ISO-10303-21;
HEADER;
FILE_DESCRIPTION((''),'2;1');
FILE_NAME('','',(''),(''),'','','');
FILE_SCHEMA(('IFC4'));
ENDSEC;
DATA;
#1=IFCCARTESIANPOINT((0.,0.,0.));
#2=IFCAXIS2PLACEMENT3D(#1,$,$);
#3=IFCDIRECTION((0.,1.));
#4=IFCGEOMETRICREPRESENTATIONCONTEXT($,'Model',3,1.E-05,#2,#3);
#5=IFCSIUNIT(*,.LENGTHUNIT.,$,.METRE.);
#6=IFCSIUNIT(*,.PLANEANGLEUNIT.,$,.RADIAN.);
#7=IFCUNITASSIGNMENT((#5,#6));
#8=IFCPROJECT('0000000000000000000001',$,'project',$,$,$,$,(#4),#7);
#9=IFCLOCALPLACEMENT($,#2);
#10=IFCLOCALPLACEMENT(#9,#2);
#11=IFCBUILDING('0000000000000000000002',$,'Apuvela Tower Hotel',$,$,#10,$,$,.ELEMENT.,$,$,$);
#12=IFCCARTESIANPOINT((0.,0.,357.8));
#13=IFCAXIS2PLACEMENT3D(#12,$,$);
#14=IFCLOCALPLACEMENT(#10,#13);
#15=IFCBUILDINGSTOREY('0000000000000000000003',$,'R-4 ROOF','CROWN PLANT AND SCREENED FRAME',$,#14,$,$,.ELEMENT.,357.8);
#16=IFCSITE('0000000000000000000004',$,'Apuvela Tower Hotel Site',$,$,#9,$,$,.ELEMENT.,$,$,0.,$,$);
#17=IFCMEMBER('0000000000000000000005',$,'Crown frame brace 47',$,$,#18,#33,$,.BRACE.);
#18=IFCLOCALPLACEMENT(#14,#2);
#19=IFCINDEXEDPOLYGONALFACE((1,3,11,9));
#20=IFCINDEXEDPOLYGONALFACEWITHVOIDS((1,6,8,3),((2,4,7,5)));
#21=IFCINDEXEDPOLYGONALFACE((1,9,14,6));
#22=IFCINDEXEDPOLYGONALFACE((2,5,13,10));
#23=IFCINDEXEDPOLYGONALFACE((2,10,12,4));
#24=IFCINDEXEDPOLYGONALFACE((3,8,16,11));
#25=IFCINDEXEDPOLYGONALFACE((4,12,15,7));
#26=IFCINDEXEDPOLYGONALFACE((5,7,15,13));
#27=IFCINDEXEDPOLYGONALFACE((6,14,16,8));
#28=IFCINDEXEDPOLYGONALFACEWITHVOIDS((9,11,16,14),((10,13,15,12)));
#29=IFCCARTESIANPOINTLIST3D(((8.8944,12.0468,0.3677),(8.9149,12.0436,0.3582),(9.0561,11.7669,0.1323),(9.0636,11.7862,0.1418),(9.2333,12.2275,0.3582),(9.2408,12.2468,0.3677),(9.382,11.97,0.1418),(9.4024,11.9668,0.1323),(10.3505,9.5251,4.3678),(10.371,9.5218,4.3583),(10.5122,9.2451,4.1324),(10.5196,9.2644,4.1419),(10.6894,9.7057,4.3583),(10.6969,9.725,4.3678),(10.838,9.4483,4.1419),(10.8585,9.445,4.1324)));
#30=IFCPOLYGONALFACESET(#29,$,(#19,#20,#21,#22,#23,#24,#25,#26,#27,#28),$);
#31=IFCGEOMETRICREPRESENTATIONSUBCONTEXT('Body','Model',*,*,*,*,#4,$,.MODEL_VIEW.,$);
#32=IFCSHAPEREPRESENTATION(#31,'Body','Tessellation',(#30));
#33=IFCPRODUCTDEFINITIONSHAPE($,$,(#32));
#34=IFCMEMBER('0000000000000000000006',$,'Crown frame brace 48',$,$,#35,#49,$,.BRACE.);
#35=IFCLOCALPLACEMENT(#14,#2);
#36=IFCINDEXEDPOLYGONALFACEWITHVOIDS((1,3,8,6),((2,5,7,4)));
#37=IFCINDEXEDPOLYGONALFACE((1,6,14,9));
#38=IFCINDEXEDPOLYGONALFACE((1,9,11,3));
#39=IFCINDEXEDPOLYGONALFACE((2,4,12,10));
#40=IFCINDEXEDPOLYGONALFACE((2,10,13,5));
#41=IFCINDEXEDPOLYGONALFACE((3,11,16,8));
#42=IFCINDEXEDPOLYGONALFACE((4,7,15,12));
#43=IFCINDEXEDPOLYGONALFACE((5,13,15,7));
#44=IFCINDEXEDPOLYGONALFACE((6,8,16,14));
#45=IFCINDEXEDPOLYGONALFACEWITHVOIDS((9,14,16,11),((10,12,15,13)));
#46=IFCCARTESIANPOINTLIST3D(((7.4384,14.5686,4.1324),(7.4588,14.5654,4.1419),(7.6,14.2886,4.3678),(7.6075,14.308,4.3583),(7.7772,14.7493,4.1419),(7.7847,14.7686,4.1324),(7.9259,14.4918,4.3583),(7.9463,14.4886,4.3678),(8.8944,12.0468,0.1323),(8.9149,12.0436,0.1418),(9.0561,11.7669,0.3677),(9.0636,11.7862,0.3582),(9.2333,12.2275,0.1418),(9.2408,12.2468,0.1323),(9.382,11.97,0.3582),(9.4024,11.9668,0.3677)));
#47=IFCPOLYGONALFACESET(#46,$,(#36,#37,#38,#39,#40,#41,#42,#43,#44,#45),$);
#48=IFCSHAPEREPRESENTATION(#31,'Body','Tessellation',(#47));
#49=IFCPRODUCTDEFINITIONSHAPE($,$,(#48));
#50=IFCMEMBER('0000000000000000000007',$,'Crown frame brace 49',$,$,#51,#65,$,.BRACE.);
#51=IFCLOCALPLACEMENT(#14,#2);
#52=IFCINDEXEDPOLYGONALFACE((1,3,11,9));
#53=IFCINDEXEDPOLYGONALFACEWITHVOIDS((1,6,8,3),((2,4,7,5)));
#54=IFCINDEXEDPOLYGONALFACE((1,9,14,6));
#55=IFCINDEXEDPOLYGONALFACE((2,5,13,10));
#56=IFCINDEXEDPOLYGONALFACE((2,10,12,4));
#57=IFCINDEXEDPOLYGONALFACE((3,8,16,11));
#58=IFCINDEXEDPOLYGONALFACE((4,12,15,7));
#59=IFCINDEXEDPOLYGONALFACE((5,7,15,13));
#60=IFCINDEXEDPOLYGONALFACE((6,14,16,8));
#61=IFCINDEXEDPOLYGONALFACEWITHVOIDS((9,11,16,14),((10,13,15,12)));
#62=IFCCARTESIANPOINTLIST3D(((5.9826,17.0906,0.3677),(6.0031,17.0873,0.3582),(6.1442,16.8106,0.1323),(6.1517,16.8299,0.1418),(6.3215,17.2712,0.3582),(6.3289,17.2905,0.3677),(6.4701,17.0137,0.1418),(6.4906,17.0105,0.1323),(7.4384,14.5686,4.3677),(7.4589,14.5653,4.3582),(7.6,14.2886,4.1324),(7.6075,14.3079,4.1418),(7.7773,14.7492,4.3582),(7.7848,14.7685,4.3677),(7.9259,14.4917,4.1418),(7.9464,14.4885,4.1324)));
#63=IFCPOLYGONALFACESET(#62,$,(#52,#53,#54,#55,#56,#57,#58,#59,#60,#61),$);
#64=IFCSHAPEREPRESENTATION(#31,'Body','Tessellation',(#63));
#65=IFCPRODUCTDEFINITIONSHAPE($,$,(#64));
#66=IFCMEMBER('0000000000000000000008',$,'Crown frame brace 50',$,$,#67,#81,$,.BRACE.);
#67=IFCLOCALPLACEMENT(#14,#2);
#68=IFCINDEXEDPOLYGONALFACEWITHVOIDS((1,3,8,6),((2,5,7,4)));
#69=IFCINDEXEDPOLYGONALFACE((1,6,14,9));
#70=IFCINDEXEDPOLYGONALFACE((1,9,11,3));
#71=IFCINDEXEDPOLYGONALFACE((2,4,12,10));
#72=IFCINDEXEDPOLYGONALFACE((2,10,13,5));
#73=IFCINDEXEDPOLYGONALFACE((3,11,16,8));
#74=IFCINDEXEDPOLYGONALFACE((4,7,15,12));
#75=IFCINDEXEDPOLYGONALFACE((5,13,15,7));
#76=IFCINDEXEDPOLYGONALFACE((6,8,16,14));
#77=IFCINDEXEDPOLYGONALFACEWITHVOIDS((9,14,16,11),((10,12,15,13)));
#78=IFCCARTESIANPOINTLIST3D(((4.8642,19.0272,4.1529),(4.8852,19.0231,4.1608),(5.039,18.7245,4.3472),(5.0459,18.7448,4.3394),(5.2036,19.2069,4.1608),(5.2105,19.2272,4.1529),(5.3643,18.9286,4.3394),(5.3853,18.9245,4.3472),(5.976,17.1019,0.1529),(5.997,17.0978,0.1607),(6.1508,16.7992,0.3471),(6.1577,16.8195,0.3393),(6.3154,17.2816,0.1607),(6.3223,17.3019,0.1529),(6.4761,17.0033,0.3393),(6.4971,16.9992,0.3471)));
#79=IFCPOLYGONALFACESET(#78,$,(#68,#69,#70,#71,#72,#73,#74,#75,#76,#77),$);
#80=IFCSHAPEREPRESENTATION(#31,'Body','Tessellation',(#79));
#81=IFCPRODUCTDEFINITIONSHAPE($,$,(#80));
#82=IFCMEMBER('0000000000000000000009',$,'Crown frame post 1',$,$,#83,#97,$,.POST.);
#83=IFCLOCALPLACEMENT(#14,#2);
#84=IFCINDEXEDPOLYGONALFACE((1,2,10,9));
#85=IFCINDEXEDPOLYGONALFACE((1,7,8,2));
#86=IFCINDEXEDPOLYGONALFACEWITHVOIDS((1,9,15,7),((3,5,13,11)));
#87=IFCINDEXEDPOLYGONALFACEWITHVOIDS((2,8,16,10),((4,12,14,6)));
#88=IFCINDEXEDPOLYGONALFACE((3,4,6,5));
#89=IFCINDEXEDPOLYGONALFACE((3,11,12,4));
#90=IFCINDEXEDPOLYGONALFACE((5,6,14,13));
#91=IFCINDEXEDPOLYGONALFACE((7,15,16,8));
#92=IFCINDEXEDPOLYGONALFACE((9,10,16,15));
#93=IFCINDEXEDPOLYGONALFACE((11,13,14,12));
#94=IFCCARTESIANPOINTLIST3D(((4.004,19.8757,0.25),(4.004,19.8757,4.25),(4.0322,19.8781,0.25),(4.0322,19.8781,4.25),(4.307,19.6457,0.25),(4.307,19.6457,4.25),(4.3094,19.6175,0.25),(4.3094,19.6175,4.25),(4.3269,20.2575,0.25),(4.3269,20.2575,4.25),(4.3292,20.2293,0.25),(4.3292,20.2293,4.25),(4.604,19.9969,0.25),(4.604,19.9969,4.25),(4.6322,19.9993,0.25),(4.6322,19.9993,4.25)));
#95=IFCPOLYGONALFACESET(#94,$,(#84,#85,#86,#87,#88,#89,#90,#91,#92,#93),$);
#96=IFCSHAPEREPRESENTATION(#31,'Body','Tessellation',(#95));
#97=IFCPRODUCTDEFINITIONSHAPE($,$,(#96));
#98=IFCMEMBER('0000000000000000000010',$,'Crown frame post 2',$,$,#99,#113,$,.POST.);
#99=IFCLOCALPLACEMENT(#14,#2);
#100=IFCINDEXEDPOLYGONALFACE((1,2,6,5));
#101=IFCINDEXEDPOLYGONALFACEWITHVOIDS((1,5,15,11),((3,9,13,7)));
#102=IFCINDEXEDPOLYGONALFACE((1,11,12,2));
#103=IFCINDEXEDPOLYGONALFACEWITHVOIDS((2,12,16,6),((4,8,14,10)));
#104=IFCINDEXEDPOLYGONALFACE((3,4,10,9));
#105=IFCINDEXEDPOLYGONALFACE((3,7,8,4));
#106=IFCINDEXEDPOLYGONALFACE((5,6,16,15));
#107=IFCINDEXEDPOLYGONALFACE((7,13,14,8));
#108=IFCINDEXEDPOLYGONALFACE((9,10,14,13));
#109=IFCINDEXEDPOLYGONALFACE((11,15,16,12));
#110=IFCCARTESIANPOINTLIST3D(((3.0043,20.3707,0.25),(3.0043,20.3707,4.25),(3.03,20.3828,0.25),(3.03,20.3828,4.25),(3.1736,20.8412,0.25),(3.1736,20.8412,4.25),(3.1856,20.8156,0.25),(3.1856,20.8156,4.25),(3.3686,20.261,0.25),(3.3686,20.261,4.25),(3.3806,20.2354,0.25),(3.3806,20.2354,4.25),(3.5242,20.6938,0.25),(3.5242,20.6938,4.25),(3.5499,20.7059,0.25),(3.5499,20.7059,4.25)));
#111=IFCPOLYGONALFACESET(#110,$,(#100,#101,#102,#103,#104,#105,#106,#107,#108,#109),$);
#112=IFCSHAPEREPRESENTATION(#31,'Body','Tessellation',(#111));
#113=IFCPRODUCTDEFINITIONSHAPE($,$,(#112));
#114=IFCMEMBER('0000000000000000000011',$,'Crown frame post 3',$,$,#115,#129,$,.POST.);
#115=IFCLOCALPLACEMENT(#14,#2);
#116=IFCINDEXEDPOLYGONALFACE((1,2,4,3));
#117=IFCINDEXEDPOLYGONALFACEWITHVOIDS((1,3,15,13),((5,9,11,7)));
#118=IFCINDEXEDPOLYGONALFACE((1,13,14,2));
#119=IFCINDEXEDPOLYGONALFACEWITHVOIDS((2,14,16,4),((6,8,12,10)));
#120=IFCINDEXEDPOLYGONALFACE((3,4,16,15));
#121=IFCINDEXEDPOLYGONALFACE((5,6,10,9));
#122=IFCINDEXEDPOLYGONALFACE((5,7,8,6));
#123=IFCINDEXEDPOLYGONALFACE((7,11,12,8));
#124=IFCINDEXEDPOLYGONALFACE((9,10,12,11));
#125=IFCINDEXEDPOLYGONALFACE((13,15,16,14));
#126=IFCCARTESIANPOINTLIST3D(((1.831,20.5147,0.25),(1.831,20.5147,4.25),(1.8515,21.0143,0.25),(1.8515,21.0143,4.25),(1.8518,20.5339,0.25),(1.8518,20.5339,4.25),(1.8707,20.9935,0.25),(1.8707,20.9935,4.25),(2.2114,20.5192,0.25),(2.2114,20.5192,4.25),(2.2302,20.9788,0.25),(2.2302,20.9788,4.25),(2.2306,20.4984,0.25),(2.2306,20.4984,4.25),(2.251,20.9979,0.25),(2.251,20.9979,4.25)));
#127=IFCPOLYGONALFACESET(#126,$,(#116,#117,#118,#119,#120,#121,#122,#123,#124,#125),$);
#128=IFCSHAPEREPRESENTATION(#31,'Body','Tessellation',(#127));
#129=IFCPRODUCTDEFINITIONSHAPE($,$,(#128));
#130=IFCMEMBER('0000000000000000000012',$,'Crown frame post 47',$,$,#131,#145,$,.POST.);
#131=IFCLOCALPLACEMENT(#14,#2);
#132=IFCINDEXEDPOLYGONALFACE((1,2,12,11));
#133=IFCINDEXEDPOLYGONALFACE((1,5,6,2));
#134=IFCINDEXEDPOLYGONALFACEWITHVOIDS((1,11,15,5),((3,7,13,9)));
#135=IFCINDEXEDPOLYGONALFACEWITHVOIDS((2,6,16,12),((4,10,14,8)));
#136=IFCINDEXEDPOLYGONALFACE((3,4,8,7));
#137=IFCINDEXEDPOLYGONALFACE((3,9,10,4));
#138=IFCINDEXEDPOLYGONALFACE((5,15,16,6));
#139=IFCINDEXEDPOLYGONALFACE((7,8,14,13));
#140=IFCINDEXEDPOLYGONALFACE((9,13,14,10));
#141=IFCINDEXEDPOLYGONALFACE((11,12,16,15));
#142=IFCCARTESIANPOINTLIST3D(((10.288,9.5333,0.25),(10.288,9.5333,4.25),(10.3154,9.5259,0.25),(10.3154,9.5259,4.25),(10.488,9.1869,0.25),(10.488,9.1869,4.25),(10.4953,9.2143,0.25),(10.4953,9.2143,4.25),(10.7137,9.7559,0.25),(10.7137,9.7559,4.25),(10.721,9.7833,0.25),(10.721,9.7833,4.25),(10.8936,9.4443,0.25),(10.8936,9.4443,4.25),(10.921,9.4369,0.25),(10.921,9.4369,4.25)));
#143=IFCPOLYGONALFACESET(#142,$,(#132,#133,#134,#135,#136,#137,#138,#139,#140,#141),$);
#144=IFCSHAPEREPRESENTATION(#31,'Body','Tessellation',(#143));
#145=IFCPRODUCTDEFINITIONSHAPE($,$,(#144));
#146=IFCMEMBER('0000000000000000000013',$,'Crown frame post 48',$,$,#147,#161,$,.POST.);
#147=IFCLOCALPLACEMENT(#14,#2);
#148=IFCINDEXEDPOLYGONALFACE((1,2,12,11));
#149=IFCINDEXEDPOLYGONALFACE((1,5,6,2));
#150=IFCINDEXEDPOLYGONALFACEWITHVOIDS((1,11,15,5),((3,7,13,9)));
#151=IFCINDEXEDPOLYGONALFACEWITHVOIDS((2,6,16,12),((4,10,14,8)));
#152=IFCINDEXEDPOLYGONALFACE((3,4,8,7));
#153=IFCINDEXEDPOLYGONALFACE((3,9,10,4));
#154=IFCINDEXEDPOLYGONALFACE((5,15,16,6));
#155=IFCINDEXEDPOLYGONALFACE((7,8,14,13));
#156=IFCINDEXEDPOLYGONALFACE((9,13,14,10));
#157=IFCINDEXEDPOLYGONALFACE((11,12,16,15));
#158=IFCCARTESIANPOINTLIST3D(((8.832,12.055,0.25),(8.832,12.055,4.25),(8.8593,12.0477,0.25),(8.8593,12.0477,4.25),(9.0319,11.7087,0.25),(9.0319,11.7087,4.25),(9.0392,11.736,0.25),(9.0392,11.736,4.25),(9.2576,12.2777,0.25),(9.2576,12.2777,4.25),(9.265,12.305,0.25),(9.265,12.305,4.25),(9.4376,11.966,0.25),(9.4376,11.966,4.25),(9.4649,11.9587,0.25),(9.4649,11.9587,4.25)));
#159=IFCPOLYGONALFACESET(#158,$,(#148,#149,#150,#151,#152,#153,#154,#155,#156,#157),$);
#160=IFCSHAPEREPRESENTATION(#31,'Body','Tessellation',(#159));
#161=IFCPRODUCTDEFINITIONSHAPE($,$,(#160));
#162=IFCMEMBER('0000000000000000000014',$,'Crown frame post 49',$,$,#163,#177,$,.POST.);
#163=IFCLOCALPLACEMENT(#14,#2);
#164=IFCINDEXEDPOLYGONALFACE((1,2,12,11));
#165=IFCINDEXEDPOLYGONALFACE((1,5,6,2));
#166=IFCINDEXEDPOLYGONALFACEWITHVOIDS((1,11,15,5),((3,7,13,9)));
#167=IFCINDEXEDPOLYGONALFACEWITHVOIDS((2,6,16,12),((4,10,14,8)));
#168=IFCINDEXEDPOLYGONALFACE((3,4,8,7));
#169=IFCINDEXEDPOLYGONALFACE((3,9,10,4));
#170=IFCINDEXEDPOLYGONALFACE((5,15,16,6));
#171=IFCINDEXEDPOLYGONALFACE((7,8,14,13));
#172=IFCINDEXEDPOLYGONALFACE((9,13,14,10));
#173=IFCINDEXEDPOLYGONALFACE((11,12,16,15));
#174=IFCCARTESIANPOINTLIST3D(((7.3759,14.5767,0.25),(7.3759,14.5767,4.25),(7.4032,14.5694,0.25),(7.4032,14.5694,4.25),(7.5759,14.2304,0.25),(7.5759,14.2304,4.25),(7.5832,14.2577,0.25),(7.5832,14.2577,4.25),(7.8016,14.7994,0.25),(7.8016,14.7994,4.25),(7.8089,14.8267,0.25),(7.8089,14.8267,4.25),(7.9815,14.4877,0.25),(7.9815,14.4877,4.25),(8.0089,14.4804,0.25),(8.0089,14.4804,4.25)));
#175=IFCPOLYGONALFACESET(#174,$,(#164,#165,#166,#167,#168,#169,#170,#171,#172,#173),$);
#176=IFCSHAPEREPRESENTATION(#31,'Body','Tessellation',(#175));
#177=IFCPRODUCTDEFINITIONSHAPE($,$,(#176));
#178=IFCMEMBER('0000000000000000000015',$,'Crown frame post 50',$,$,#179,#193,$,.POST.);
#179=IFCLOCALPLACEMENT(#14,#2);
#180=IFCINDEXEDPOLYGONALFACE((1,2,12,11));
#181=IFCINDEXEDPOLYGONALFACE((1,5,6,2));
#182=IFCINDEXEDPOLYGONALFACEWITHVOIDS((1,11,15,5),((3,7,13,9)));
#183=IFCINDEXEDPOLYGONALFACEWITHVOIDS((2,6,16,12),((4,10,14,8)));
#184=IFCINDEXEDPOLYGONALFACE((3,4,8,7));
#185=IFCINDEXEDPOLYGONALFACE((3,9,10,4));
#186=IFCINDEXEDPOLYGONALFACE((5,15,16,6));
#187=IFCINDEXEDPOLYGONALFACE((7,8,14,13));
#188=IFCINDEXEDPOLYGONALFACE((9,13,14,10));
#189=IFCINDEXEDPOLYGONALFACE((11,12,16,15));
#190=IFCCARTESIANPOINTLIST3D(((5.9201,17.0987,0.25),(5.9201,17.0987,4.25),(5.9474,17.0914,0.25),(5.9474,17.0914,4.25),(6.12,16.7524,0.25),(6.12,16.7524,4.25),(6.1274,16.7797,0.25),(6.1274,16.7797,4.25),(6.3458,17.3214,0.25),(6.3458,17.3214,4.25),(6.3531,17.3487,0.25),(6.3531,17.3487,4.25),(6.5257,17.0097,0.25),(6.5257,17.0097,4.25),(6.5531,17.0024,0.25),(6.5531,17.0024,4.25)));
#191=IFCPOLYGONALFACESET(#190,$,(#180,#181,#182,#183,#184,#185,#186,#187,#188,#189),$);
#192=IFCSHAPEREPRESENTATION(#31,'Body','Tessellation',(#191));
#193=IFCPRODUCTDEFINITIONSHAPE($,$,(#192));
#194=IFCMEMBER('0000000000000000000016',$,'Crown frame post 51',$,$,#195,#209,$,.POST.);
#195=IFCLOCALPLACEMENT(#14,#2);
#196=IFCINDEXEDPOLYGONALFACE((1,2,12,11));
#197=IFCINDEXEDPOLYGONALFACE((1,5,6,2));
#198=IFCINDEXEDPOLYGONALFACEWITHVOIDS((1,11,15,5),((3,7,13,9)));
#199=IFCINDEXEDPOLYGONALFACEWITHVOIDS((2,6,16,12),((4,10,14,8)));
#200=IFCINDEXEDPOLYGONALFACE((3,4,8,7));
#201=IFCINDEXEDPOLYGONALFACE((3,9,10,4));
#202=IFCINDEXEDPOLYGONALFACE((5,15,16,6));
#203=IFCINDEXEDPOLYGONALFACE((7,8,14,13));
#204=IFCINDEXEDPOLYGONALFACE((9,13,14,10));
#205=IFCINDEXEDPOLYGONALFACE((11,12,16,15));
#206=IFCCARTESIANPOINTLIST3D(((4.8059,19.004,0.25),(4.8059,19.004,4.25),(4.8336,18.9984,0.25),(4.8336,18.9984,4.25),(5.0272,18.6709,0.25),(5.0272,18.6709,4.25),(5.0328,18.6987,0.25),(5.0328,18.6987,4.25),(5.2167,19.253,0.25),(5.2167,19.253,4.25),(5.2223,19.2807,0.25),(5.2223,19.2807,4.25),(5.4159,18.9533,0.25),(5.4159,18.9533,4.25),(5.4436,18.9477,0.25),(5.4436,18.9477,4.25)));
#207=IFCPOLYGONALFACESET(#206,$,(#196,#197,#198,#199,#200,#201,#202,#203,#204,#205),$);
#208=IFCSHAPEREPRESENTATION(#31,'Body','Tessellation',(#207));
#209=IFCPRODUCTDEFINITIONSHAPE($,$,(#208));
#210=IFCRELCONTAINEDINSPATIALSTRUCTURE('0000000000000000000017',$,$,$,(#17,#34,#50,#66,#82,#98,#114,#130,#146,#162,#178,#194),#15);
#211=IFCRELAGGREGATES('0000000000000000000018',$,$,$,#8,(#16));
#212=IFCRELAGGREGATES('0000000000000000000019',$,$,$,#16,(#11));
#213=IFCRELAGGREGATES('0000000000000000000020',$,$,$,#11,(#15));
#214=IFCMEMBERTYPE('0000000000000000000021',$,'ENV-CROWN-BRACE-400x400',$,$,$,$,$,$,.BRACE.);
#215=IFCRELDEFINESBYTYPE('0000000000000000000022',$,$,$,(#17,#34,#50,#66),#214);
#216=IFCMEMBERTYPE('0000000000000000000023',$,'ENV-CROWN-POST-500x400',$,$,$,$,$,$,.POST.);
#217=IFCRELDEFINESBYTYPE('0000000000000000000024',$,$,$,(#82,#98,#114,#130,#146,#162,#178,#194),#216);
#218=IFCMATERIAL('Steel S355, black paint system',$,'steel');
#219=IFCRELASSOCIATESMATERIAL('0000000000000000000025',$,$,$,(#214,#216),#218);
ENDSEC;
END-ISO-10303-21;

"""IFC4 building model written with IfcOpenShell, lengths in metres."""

from ifc_helpers import new_model, si_unit, direction, frame, origin, origin_2d, place, context, subcontext, project, spatial, hollow_rectangle, extrude, material, material_profile, profile_set, type_object, element, save


model = new_model("IFC4")

# Units and contexts
model_context = context("Model", 3, precision=1e-05, world=origin(), true_north=direction((0.0, 1.0)))
body_context = subcontext(model_context, "Body", "Model", "MODEL_VIEW")
ifc_project = project(units=[si_unit("LENGTHUNIT", "METRE"), si_unit("PLANEANGLEUNIT", "RADIAN")], contexts=[model_context])

# Site, building, storey
site_placement = place(None, origin())
site = spatial("IfcSite", under=ifc_project, at=site_placement, Name="Apuvela Tower Hotel Site", CompositionType="ELEMENT", RefElevation=0.0)
building_placement = place(site_placement, origin())
building = spatial("IfcBuilding", under=site, at=building_placement, Name="Apuvela Tower Hotel", CompositionType="ELEMENT")
storey_placement = place(building_placement, frame((0.0, 0.0, 357.8)))
storey = spatial("IfcBuildingStorey", under=building, at=storey_placement, Name="R-4 ROOF", Description="CROWN PLANT AND SCREENED FRAME", CompositionType="ELEMENT", Elevation=357.8)

# Members
ifc_material_1 = material(Name="Steel S355, black paint system", Category="steel")
ifc_material_profile_1 = material_profile(ifc_material_1, hollow_rectangle(XDim=0.3999, YDim=0.3999, WallThickness=0.0161, at=origin_2d()), Name="HSS 400x400x16")
ifc_profile_set_1 = profile_set([ifc_material_profile_1], Name="Steel S355, black paint system")
member_type_1 = type_object("IfcMemberType", Name="ENV-CROWN-BRACE-400x400", PredefinedType="BRACE", material=ifc_profile_set_1)
for number, where, z_axis, x_axis, name in (
    (1, (9.1484, 12.0068, 0.25), (0.294292, -0.509682, 0.808465), (0.866005, 0.500035, 0.0), "Crown frame brace 47"),
    (2, (9.1484, 12.0068, 0.25), (-0.294292, 0.509682, 0.808465), (-0.866005, -0.500035, 0.0), "Crown frame brace 48"),
    (3, (6.2366, 17.0505, 0.25), (0.29424, -0.509726, 0.808457), (0.866063, 0.499935, 0.0), "Crown frame brace 49"),
):
    element("IfcMember", number, at=place(storey_placement, frame(where, z_axis=z_axis, x_axis=x_axis)), inside=storey, type_object=member_type_1, Name=name, PredefinedType="BRACE", context=body_context, shape_type="SweptSolid", body=[
        extrude(hollow_rectangle(XDim=0.3999, YDim=0.3999, WallThickness=0.0161, at=origin_2d()), origin(), (0.0, 0.0, 1.0), 4.9478),
    ])
member_1_placement = place(storey_placement, frame((6.2366, 17.0505, 0.25), z_axis=(-0.242949, 0.420706, 0.874061), x_axis=(-0.865977, -0.500084, 0.0)))
element("IfcMember", 4, at=member_1_placement, inside=storey, type_object=member_type_1, Name="Crown frame brace 50", PredefinedType="BRACE", context=body_context, shape_type="SweptSolid", body=[
    extrude(hollow_rectangle(XDim=0.3999, YDim=0.3999, WallThickness=0.0161, at=origin_2d()), origin(), (0.0, 0.0, 1.0), 4.5764),
])
ifc_material_profile_2 = material_profile(ifc_material_1, hollow_rectangle(XDim=0.3999, YDim=0.5, WallThickness=0.02, at=origin_2d()), Name="HSS 500x400x20")
ifc_profile_set_2 = profile_set([ifc_material_profile_2], Name="Steel S355, black paint system")
member_type_2 = type_object("IfcMemberType", Name="ENV-CROWN-POST-500x400", PredefinedType="POST", material=ifc_profile_set_2)
for number, where, z_axis, x_axis, name in (
    (5, (4.3181, 19.9375, 0.25), (0.0, 0.0, 1.0), (-0.76358, 0.645714, 0.0), "Crown frame post 1"),
    (6, (3.2771, 20.5383, 0.25), (0.0, 0.0, 1.0), (-0.940994, 0.338423, 0.0), "Crown frame post 2"),
    (7, (2.041, 20.7563, 0.25), (0.0, 0.0, 1.0), (-0.999161, 0.040951, 0.0), "Crown frame post 3"),
    (8, (10.6045, 9.4851, 0.25), (0.0, 0.0, 1.0), (-0.5, 0.866025, 0.0), "Crown frame post 47"),
    (9, (9.1484, 12.0068, 0.25), (0.0, 0.0, 1.0), (-0.5, 0.866025, 0.0), "Crown frame post 48"),
    (10, (7.6924, 14.5286, 0.25), (0.0, 0.0, 1.0), (-0.5, 0.866025, 0.0), "Crown frame post 49"),
    (11, (6.2366, 17.0505, 0.25), (0.0, 0.0, 1.0), (-0.5, 0.866025, 0.0), "Crown frame post 50"),
    (12, (5.1248, 18.9758, 0.25), (0.0, 0.0, 1.0), (-0.553467, 0.832871, 0.0), "Crown frame post 51"),
):
    element("IfcMember", number, at=place(storey_placement, frame(where, z_axis=z_axis, x_axis=x_axis)), inside=storey, type_object=member_type_2, Name=name, PredefinedType="POST", context=body_context, shape_type="SweptSolid", body=[
        extrude(hollow_rectangle(XDim=0.3999, YDim=0.5, WallThickness=0.02, at=origin_2d()), origin(), (0.0, 0.0, 1.0), 4.0),
    ])

save(model, "model.ifc")
